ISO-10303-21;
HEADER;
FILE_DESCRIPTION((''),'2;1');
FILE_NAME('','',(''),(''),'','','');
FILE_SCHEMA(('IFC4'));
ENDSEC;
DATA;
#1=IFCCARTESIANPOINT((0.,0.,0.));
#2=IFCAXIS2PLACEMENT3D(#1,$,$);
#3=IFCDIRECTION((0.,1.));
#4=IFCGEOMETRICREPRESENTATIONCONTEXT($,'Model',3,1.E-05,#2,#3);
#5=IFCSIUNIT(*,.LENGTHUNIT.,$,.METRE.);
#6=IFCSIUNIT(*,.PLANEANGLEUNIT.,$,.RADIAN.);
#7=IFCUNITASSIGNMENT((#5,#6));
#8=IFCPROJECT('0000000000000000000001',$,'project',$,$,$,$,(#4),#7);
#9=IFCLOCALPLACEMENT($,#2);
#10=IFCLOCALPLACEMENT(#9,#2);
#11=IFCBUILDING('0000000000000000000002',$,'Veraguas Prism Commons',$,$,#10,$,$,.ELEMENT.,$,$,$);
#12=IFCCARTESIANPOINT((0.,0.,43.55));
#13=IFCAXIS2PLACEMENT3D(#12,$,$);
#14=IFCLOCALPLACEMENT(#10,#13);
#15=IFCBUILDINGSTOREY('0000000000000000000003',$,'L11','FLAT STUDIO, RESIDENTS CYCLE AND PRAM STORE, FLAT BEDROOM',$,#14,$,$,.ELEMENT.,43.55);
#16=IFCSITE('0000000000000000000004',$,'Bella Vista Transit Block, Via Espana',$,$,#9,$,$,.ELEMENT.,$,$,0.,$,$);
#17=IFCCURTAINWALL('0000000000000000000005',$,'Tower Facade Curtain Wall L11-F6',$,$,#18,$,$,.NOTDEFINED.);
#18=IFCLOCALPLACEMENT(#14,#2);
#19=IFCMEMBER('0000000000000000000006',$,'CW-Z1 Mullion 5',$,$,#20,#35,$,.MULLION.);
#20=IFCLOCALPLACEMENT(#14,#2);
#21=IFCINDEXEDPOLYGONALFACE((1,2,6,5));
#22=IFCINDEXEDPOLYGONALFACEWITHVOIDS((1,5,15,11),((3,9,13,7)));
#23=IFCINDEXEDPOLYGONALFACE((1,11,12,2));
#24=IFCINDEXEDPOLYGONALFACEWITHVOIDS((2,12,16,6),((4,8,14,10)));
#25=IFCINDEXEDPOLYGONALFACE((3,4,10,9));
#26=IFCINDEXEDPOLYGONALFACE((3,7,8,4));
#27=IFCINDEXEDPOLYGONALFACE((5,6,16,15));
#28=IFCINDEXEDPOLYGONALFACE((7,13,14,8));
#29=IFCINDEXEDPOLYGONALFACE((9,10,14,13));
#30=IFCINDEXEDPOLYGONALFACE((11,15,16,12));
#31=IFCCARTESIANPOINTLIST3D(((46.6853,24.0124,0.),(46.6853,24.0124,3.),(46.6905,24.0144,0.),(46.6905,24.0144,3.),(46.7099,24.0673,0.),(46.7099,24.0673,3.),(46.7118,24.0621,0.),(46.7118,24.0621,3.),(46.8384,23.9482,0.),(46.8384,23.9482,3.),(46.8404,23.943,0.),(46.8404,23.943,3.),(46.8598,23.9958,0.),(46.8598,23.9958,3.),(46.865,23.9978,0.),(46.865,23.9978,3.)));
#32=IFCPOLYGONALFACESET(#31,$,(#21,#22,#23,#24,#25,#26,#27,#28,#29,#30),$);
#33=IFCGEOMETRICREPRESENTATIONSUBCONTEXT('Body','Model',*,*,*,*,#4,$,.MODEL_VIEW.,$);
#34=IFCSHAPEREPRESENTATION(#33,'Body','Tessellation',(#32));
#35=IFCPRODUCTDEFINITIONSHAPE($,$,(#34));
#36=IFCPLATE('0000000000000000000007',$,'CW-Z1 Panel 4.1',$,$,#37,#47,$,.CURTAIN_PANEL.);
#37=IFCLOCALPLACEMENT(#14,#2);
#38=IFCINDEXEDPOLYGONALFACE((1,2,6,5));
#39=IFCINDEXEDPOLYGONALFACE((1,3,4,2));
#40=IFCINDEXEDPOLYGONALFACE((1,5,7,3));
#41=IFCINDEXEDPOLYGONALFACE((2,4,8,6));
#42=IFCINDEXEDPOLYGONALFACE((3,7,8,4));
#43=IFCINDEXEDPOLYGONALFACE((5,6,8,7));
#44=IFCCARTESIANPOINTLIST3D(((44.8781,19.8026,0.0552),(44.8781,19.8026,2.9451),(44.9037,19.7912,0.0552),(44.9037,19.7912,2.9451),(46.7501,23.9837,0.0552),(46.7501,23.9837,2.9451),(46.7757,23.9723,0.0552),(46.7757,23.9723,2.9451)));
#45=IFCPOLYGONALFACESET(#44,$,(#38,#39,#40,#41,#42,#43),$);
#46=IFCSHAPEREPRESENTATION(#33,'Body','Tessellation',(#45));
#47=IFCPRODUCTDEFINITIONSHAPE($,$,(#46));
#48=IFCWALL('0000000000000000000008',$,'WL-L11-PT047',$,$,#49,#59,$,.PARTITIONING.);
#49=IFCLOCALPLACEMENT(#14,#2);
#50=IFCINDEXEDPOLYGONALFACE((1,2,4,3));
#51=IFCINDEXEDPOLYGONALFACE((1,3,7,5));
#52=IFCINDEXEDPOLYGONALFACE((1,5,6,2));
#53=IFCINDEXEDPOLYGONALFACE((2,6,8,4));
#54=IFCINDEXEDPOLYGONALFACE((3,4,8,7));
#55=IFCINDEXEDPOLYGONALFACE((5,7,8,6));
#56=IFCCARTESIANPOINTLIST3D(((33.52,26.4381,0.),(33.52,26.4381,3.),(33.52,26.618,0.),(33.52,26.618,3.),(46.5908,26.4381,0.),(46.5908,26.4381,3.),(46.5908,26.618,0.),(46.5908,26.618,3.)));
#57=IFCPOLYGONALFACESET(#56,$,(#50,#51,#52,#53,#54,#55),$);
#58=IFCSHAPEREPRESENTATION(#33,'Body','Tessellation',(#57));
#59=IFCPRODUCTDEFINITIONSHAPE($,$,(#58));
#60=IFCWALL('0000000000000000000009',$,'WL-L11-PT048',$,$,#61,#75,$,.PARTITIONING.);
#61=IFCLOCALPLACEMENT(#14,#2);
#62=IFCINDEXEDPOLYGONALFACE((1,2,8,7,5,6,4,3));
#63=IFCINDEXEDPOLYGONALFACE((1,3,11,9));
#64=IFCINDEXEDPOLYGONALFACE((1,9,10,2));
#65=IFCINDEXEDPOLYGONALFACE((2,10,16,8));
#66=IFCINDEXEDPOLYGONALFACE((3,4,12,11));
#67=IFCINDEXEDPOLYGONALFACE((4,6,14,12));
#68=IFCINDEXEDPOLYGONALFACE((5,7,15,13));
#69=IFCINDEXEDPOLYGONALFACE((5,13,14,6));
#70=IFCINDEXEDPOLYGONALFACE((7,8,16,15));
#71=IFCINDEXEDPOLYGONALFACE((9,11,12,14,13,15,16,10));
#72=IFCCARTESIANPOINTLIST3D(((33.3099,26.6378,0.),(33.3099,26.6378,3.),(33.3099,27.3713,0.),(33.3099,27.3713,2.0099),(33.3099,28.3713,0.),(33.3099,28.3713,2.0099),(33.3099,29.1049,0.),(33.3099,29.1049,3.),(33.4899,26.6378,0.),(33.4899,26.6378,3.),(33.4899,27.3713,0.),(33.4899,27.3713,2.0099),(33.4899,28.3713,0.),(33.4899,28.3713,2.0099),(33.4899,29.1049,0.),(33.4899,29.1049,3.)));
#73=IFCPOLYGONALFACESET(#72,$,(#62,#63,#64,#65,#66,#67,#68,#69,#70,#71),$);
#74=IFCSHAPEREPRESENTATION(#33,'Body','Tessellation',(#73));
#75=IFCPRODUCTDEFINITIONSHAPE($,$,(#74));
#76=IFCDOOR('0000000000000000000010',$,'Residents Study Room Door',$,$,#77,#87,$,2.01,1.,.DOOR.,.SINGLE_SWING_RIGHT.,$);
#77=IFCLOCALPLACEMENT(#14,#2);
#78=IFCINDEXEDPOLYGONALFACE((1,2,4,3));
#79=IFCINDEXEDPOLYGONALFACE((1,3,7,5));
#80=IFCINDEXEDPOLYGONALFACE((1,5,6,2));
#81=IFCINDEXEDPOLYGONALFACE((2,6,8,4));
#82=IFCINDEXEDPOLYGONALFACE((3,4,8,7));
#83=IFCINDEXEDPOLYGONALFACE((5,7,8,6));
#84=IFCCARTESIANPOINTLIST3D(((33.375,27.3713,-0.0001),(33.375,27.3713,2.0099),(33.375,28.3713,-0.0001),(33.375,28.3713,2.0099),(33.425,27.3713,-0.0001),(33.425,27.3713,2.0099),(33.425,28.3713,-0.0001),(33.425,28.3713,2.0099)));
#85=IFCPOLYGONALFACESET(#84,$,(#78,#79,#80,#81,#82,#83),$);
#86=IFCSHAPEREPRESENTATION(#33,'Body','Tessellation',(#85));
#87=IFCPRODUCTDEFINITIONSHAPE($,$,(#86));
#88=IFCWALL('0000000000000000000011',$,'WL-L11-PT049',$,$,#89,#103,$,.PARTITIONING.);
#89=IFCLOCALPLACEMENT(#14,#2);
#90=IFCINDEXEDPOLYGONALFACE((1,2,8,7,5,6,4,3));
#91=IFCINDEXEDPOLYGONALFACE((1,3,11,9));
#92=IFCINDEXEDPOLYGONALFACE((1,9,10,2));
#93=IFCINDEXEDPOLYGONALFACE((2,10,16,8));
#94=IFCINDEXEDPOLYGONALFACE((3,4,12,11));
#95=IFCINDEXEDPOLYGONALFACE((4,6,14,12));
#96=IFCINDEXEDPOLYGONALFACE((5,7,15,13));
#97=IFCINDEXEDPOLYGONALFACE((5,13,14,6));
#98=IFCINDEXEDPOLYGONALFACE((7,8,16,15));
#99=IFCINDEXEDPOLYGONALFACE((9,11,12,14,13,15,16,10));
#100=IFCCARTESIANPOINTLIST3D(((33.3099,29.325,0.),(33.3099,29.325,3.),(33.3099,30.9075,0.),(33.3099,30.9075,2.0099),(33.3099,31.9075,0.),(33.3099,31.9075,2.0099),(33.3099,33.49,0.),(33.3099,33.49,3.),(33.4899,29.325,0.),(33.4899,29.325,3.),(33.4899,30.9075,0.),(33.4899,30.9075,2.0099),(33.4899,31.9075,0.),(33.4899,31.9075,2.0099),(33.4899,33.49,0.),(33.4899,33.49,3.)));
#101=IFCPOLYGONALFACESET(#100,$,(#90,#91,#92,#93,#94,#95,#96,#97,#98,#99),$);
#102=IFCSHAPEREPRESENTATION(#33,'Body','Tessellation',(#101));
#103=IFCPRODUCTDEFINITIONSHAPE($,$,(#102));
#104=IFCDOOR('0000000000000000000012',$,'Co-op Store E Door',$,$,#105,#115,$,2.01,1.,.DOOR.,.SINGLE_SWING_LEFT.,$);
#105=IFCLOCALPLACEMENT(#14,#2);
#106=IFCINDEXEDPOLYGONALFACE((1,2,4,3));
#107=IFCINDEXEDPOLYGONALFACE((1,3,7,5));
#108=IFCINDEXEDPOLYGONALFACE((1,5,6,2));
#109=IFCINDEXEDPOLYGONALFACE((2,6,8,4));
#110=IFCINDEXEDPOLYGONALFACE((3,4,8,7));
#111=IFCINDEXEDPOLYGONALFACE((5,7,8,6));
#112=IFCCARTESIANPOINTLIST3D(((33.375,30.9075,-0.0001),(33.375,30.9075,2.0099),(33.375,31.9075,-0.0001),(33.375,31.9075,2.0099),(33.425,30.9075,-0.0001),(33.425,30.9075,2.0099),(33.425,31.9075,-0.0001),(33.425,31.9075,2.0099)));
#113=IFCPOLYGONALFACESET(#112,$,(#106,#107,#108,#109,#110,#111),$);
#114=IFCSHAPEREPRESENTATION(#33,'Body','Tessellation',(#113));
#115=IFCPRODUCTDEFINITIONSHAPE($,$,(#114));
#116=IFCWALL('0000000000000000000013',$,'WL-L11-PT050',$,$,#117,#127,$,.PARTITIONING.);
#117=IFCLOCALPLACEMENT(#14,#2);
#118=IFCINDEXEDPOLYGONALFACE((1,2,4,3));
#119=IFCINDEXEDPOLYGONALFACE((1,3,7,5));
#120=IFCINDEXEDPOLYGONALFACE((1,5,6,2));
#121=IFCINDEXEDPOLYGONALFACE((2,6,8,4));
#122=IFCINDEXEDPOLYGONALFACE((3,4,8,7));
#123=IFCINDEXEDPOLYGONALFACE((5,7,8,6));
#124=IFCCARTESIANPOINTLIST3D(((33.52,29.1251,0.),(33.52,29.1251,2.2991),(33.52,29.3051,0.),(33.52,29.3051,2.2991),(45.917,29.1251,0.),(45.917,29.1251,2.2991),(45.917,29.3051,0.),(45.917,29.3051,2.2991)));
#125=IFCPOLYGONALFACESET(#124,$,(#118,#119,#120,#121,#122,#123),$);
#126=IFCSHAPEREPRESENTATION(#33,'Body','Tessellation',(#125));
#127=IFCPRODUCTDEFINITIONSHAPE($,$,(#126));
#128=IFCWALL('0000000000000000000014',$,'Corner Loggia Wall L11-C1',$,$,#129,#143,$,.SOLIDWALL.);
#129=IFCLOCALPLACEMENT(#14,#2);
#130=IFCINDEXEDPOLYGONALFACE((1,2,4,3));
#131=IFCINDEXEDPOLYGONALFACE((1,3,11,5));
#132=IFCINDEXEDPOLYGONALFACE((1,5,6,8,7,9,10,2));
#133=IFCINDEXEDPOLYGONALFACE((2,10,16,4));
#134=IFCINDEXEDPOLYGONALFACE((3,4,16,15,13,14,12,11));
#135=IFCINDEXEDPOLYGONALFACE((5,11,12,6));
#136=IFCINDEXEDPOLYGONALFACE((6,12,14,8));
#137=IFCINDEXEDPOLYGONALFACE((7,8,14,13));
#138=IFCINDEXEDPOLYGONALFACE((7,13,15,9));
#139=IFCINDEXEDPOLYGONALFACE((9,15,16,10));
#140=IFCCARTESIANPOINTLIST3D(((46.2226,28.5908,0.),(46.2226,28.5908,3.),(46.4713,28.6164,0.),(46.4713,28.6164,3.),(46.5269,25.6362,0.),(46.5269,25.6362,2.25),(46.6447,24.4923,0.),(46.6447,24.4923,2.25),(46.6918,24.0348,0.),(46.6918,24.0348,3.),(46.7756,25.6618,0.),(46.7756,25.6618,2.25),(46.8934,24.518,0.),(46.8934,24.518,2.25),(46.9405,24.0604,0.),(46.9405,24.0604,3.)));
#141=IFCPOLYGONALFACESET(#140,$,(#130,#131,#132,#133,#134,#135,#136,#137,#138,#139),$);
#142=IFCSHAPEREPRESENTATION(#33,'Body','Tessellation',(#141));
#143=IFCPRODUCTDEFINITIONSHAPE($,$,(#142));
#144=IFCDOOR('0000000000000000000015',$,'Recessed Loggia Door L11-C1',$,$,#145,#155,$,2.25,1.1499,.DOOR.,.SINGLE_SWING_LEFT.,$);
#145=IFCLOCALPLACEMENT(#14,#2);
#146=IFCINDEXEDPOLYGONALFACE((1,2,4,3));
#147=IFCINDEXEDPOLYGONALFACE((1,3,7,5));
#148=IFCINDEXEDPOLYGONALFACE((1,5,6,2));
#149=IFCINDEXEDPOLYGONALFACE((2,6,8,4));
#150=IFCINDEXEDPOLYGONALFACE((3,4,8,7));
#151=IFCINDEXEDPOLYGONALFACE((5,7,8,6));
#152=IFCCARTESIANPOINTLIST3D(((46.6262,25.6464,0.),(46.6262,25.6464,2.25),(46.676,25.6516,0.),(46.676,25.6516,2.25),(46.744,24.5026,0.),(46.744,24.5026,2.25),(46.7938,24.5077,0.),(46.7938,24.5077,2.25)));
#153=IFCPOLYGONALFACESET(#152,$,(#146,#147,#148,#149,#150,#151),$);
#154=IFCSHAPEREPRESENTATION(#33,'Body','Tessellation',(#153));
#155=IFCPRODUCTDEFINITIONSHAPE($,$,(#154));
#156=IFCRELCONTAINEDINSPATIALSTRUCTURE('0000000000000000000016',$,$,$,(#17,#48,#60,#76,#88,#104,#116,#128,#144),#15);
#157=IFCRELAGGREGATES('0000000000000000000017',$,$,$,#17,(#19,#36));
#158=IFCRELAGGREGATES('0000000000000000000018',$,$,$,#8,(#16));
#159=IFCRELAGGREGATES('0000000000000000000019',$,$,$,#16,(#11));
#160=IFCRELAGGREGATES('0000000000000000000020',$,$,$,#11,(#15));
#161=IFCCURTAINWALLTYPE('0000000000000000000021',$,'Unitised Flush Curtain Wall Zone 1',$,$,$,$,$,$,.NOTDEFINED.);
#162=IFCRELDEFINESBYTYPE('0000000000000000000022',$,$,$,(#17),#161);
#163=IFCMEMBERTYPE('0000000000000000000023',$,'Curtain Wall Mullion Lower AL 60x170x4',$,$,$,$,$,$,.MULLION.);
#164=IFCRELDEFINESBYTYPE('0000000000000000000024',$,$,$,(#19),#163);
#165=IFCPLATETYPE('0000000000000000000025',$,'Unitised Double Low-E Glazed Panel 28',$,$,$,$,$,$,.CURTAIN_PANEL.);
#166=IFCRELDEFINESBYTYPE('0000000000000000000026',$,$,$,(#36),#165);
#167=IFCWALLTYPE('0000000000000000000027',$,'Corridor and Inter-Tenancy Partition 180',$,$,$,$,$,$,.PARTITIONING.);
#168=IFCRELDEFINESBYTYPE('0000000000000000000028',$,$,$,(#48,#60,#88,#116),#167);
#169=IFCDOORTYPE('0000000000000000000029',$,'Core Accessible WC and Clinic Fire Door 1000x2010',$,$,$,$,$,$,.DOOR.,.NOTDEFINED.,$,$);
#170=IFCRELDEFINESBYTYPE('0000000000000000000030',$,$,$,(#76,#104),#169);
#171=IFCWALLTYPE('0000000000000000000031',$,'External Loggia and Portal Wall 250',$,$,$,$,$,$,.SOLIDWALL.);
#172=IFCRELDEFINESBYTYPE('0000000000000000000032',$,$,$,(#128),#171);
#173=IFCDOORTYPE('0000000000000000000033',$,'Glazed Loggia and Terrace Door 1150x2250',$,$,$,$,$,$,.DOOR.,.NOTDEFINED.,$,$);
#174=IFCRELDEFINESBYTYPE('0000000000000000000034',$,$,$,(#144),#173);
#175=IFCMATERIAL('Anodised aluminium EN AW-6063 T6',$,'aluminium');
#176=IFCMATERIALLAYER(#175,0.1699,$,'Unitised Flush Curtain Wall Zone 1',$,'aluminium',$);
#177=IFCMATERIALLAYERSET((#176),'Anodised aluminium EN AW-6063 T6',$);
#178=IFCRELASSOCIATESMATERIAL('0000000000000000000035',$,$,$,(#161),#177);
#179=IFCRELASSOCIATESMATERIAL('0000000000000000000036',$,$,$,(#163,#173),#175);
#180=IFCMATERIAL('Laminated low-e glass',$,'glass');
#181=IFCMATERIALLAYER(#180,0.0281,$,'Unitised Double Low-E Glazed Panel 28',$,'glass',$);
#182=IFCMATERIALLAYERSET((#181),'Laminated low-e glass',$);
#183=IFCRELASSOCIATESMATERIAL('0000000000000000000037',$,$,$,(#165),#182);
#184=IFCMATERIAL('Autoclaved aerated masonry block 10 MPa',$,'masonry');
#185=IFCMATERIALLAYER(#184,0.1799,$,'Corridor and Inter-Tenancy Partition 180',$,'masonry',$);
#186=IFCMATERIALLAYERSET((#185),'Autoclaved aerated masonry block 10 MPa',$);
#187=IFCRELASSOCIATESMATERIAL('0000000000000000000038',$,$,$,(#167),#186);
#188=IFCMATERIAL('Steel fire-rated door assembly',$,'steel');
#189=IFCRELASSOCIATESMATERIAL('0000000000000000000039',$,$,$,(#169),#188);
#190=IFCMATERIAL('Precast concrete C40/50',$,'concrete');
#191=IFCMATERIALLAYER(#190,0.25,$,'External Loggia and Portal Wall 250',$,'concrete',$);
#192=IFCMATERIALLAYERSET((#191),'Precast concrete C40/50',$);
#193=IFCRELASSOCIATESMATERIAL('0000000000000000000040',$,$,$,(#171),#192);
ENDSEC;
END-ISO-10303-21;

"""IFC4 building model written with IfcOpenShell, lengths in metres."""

from ifc_helpers import new_model, si_unit, direction, frame, frame_2d, origin, origin_2d, place, context, subcontext, project, spatial, rectangle, hollow_rectangle, extrude, source, transform, mapped, material, layer, layer_set, material_profile, profile_set, type_object, element, fill, aggregate, save


model = new_model("IFC4")

# Units and contexts
model_context = context("Model", 3, precision=1e-05, world=origin(), true_north=direction((0.0, 1.0)))
body_context = subcontext(model_context, "Body", "Model", "MODEL_VIEW")
ifc_project = project(units=[si_unit("LENGTHUNIT", "METRE"), si_unit("PLANEANGLEUNIT", "RADIAN")], contexts=[model_context])

# Site, building, storey
site_placement = place(None, origin())
site = spatial("IfcSite", under=ifc_project, at=site_placement, Name="Bella Vista Transit Block, Via Espana", CompositionType="ELEMENT", RefElevation=0.0)
building_placement = place(site_placement, origin())
building = spatial("IfcBuilding", under=site, at=building_placement, Name="Veraguas Prism Commons", CompositionType="ELEMENT")
storey_placement = place(building_placement, frame((0.0, 0.0, 43.55)))
storey = spatial("IfcBuildingStorey", under=building, at=storey_placement, Name="L11", Description="FLAT STUDIO, RESIDENTS CYCLE AND PRAM STORE, FLAT BEDROOM", CompositionType="ELEMENT", Elevation=43.55)

# Shared definitions
ifc_material_1 = material(Name="Anodised aluminium EN AW-6063 T6", Category="aluminium")
ifc_layer_1 = layer(ifc_material_1, 0.1699, Name="Unitised Flush Curtain Wall Zone 1", Category="aluminium")
ifc_layer_set_1 = layer_set([ifc_layer_1], Name="Anodised aluminium EN AW-6063 T6")
curtain_wall_type = type_object("IfcCurtainWallType", Name="Unitised Flush Curtain Wall Zone 1", PredefinedType="NOTDEFINED", material=ifc_layer_set_1)
ifc_material_profile_1 = material_profile(ifc_material_1, hollow_rectangle(XDim=0.0601, YDim=0.1699, WallThickness=0.0039, at=origin_2d()), Name="AL60X170X4")
ifc_profile_set_1 = profile_set([ifc_material_profile_1], Name="Anodised aluminium EN AW-6063 T6")
member_type_1 = type_object("IfcMemberType", Name="Curtain Wall Mullion Lower AL 60x170x4", PredefinedType="MULLION", material=ifc_profile_set_1)
shared_shape_1 = source(origin(), body_context, "Body", "SweptSolid", [
    extrude(hollow_rectangle(XDim=0.0601, YDim=0.1699, WallThickness=0.0039, at=origin_2d()), origin(), (0.0, 0.0, 1.0), 3.0),
])

# Curtain wall, member, plate
curtain_wall_1_placement = place(storey_placement, origin())
curtain_wall_1 = element("IfcCurtainWall", 1, at=curtain_wall_1_placement, inside=storey, type_object=curtain_wall_type, Name="Tower Facade Curtain Wall L11-F6", PredefinedType="NOTDEFINED")
member_1_placement = place(storey_placement, frame((46.7751, 24.0051, 0.0), z_axis=(0.0, 0.0, 1.0), x_axis=(0.408649, 0.912692, 0.0)))
member_1 = element("IfcMember", 2, at=member_1_placement, type_object=member_type_1, Name="CW-Z1 Mullion 5", PredefinedType="MULLION", context=body_context, shape_type="MappedRepresentation", body=[
    mapped(shared_shape_1, transform((0.0, 0.0, 0.0), scale=1.0)),
])
ifc_material_2 = material(Name="Laminated low-e glass", Category="glass")
ifc_layer_2 = layer(ifc_material_2, 0.0281, Name="Unitised Double Low-E Glazed Panel 28", Category="glass")
ifc_layer_set_2 = layer_set([ifc_layer_2], Name="Laminated low-e glass")
plate_type = type_object("IfcPlateType", Name="Unitised Double Low-E Glazed Panel 28", PredefinedType="CURTAIN_PANEL", material=ifc_layer_set_2)
shared_shape_2 = source(origin(), body_context, "Body", "SweptSolid", [
    extrude(rectangle(XDim=4.5811, YDim=0.0281, at=origin_2d()), origin(), (0.0, 0.0, 1.0), 2.8899),
])
plate_placement = place(storey_placement, frame((45.8269, 21.8875, 0.0552), z_axis=(0.0, 0.0, 1.0), x_axis=(0.408649, 0.912692, 0.0)))
plate = element("IfcPlate", 3, at=plate_placement, type_object=plate_type, Name="CW-Z1 Panel 4.1", PredefinedType="CURTAIN_PANEL", context=body_context, shape_type="MappedRepresentation", body=[
    mapped(shared_shape_2, transform((0.0, 0.0, 0.0), scale=1.0)),
])
aggregate(curtain_wall_1, [member_1, plate])

# Wall
ifc_material_3 = material(Name="Autoclaved aerated masonry block 10 MPa", Category="masonry")
ifc_layer_3 = layer(ifc_material_3, 0.1799, Name="Corridor and Inter-Tenancy Partition 180", Category="masonry")
ifc_layer_set_3 = layer_set([ifc_layer_3], Name="Autoclaved aerated masonry block 10 MPa")
wall_type_1 = type_object("IfcWallType", Name="Corridor and Inter-Tenancy Partition 180", PredefinedType="PARTITIONING", material=ifc_layer_set_3)
wall_1_placement = place(storey_placement, frame((33.52, 26.5281, 0.0), z_axis=(0.0, 0.0, 1.0), x_axis=(1.0, 0.0, 0.0)))
element("IfcWall", 4, at=wall_1_placement, inside=storey, type_object=wall_type_1, Name="WL-L11-PT047", PredefinedType="PARTITIONING", context=body_context, shape_type="SweptSolid", body=[
    extrude(rectangle(XDim=13.0708, YDim=0.1799, at=frame_2d((6.5354, 0.0))), origin(), (0.0, 0.0, 1.0), 3.0),
])

# Walls, openings, doors
wall_2_placement = place(storey_placement, frame((33.3999, 26.6379, 0.0), z_axis=(0.0, 0.0, 1.0), x_axis=(0.0, 1.0, 0.0)))
wall_2 = element("IfcWall", 5, at=wall_2_placement, inside=storey, type_object=wall_type_1, Name="WL-L11-PT048", PredefinedType="PARTITIONING", context=body_context, shape_type="SweptSolid", body=[
    extrude(rectangle(XDim=2.467, YDim=0.1799, at=frame_2d((1.2334, 0.0))), origin(), (0.0, 0.0, 1.0), 3.0),
])
opening_1_placement = place(wall_2_placement, frame((0.7334, 0.0, 0.0)))
opening_1 = element("IfcOpeningElement", 6, at=opening_1_placement, cuts=wall_2, PredefinedType="OPENING", context=body_context, shape_type="SweptSolid", body=[
    extrude(rectangle(XDim=1.0, YDim=2.01, at=frame_2d((0.5, 1.0049))), frame((0.0, 0.0999, 0.0), z_axis=(0.0, -1.0, 0.0), x_axis=(1.0, 0.0, 0.0)), (0.0, 0.0, 1.0), 0.2),
])
ifc_material_4 = material(Name="Steel fire-rated door assembly", Category="steel")
door_type_1 = type_object("IfcDoorType", Name="Core Accessible WC and Clinic Fire Door 1000x2010", OperationType="NOTDEFINED", PredefinedType="DOOR", material=ifc_material_4)
shared_shape_3 = source(origin(), body_context, "Body", "SweptSolid", [
    extrude(rectangle(XDim=1.0, YDim=2.01, at=frame_2d((0.5, 1.0049))), frame((0.0, 0.0249, 0.0), z_axis=(0.0, -1.0, 0.0), x_axis=(1.0, 0.0, 0.0)), (0.0, 0.0, 1.0), 0.05),
])
door_1_placement = place(opening_1_placement, origin())
door_1 = element("IfcDoor", 7, at=door_1_placement, inside=storey, type_object=door_type_1, Name="Residents Study Room Door", OperationType="SINGLE_SWING_RIGHT", OverallHeight=2.01, OverallWidth=1.0, PredefinedType="DOOR", context=body_context, shape_type="MappedRepresentation", body=[
    mapped(shared_shape_3, transform((0.0, 0.0, 0.0), scale=1.0)),
])
fill(opening_1, door_1)
wall_3_placement = place(storey_placement, frame((33.3999, 29.325, 0.0), z_axis=(0.0, 0.0, 1.0), x_axis=(0.0, 1.0, 0.0)))
wall_3 = element("IfcWall", 8, at=wall_3_placement, inside=storey, type_object=wall_type_1, Name="WL-L11-PT049", PredefinedType="PARTITIONING", context=body_context, shape_type="SweptSolid", body=[
    extrude(rectangle(XDim=4.165, YDim=0.1799, at=frame_2d((2.0825, 0.0))), origin(), (0.0, 0.0, 1.0), 3.0),
])
opening_2_placement = place(wall_3_placement, frame((1.5825, 0.0, 0.0)))
opening_2 = element("IfcOpeningElement", 9, at=opening_2_placement, cuts=wall_3, PredefinedType="OPENING", context=body_context, shape_type="SweptSolid", body=[
    extrude(rectangle(XDim=1.0, YDim=2.01, at=frame_2d((0.5, 1.0049))), frame((0.0, 0.0999, 0.0), z_axis=(0.0, -1.0, 0.0), x_axis=(1.0, 0.0, 0.0)), (0.0, 0.0, 1.0), 0.2),
])
door_2_placement = place(opening_2_placement, origin())
door_2 = element("IfcDoor", 10, at=door_2_placement, inside=storey, type_object=door_type_1, Name="Co-op Store E Door", OperationType="SINGLE_SWING_LEFT", OverallHeight=2.01, OverallWidth=1.0, PredefinedType="DOOR", context=body_context, shape_type="MappedRepresentation", body=[
    mapped(shared_shape_3, transform((0.0, 0.0, 0.0), scale=1.0)),
])
fill(opening_2, door_2)

# Wall
wall_4_placement = place(storey_placement, frame((33.52, 29.2151, 0.0), z_axis=(0.0, 0.0, 1.0), x_axis=(1.0, 0.0, 0.0)))
element("IfcWall", 11, at=wall_4_placement, inside=storey, type_object=wall_type_1, Name="WL-L11-PT050", PredefinedType="PARTITIONING", context=body_context, shape_type="SweptSolid", body=[
    extrude(rectangle(XDim=12.397, YDim=0.1799, at=frame_2d((6.1985, 0.0))), origin(), (0.0, 0.0, 1.0), 2.2991),
])

# Wall, opening, door
ifc_material_5 = material(Name="Precast concrete C40/50", Category="concrete")
ifc_layer_4 = layer(ifc_material_5, 0.25, Name="External Loggia and Portal Wall 250", Category="concrete")
ifc_layer_set_4 = layer_set([ifc_layer_4], Name="Precast concrete C40/50")
wall_type_2 = type_object("IfcWallType", Name="External Loggia and Portal Wall 250", PredefinedType="SOLIDWALL", material=ifc_layer_set_4)
wall_5_placement = place(storey_placement, frame((46.8162, 24.0476, 0.0), z_axis=(0.0, 0.0, 1.0), x_axis=(-0.102454, 0.994738, 0.0)))
wall_5 = element("IfcWall", 12, at=wall_5_placement, inside=storey, type_object=wall_type_2, Name="Corner Loggia Wall L11-C1", PredefinedType="SOLIDWALL", context=body_context, shape_type="SweptSolid", body=[
    extrude(rectangle(XDim=4.5801, YDim=0.25, at=frame_2d((2.29, 0.0))), origin(), (0.0, 0.0, 1.0), 3.0),
])
opening_3_placement = place(wall_5_placement, frame((0.46, 0.0, 0.0)))
opening_3 = element("IfcOpeningElement", 13, at=opening_3_placement, cuts=wall_5, PredefinedType="OPENING", context=body_context, shape_type="SweptSolid", body=[
    extrude(rectangle(XDim=1.1499, YDim=2.25, at=frame_2d((0.575, 1.125))), frame((0.0, 0.135, 0.0), z_axis=(0.0, -1.0, 0.0), x_axis=(1.0, 0.0, 0.0)), (0.0, 0.0, 1.0), 0.27),
])
door_type_2 = type_object("IfcDoorType", Name="Glazed Loggia and Terrace Door 1150x2250", OperationType="NOTDEFINED", PredefinedType="DOOR", material=ifc_material_1)
shared_shape_4 = source(origin(), body_context, "Body", "SweptSolid", [
    extrude(rectangle(XDim=1.1499, YDim=2.25, at=frame_2d((0.575, 1.125))), frame((0.0, 0.0249, 0.0), z_axis=(0.0, -1.0, 0.0), x_axis=(1.0, 0.0, 0.0)), (0.0, 0.0, 1.0), 0.05),
])
door_3_placement = place(opening_3_placement, frame((1.1499, 0.0, 0.0), z_axis=(0.0, 0.0, 1.0), x_axis=(-1.0, 0.0, 0.0)))
door_3 = element("IfcDoor", 14, at=door_3_placement, inside=storey, type_object=door_type_2, Name="Recessed Loggia Door L11-C1", OperationType="SINGLE_SWING_LEFT", OverallHeight=2.25, OverallWidth=1.1499, PredefinedType="DOOR", context=body_context, shape_type="MappedRepresentation", body=[
    mapped(shared_shape_4, transform((0.0, 0.0, 0.0), scale=1.0)),
])
fill(opening_3, door_3)

save(model, "model.ifc")
